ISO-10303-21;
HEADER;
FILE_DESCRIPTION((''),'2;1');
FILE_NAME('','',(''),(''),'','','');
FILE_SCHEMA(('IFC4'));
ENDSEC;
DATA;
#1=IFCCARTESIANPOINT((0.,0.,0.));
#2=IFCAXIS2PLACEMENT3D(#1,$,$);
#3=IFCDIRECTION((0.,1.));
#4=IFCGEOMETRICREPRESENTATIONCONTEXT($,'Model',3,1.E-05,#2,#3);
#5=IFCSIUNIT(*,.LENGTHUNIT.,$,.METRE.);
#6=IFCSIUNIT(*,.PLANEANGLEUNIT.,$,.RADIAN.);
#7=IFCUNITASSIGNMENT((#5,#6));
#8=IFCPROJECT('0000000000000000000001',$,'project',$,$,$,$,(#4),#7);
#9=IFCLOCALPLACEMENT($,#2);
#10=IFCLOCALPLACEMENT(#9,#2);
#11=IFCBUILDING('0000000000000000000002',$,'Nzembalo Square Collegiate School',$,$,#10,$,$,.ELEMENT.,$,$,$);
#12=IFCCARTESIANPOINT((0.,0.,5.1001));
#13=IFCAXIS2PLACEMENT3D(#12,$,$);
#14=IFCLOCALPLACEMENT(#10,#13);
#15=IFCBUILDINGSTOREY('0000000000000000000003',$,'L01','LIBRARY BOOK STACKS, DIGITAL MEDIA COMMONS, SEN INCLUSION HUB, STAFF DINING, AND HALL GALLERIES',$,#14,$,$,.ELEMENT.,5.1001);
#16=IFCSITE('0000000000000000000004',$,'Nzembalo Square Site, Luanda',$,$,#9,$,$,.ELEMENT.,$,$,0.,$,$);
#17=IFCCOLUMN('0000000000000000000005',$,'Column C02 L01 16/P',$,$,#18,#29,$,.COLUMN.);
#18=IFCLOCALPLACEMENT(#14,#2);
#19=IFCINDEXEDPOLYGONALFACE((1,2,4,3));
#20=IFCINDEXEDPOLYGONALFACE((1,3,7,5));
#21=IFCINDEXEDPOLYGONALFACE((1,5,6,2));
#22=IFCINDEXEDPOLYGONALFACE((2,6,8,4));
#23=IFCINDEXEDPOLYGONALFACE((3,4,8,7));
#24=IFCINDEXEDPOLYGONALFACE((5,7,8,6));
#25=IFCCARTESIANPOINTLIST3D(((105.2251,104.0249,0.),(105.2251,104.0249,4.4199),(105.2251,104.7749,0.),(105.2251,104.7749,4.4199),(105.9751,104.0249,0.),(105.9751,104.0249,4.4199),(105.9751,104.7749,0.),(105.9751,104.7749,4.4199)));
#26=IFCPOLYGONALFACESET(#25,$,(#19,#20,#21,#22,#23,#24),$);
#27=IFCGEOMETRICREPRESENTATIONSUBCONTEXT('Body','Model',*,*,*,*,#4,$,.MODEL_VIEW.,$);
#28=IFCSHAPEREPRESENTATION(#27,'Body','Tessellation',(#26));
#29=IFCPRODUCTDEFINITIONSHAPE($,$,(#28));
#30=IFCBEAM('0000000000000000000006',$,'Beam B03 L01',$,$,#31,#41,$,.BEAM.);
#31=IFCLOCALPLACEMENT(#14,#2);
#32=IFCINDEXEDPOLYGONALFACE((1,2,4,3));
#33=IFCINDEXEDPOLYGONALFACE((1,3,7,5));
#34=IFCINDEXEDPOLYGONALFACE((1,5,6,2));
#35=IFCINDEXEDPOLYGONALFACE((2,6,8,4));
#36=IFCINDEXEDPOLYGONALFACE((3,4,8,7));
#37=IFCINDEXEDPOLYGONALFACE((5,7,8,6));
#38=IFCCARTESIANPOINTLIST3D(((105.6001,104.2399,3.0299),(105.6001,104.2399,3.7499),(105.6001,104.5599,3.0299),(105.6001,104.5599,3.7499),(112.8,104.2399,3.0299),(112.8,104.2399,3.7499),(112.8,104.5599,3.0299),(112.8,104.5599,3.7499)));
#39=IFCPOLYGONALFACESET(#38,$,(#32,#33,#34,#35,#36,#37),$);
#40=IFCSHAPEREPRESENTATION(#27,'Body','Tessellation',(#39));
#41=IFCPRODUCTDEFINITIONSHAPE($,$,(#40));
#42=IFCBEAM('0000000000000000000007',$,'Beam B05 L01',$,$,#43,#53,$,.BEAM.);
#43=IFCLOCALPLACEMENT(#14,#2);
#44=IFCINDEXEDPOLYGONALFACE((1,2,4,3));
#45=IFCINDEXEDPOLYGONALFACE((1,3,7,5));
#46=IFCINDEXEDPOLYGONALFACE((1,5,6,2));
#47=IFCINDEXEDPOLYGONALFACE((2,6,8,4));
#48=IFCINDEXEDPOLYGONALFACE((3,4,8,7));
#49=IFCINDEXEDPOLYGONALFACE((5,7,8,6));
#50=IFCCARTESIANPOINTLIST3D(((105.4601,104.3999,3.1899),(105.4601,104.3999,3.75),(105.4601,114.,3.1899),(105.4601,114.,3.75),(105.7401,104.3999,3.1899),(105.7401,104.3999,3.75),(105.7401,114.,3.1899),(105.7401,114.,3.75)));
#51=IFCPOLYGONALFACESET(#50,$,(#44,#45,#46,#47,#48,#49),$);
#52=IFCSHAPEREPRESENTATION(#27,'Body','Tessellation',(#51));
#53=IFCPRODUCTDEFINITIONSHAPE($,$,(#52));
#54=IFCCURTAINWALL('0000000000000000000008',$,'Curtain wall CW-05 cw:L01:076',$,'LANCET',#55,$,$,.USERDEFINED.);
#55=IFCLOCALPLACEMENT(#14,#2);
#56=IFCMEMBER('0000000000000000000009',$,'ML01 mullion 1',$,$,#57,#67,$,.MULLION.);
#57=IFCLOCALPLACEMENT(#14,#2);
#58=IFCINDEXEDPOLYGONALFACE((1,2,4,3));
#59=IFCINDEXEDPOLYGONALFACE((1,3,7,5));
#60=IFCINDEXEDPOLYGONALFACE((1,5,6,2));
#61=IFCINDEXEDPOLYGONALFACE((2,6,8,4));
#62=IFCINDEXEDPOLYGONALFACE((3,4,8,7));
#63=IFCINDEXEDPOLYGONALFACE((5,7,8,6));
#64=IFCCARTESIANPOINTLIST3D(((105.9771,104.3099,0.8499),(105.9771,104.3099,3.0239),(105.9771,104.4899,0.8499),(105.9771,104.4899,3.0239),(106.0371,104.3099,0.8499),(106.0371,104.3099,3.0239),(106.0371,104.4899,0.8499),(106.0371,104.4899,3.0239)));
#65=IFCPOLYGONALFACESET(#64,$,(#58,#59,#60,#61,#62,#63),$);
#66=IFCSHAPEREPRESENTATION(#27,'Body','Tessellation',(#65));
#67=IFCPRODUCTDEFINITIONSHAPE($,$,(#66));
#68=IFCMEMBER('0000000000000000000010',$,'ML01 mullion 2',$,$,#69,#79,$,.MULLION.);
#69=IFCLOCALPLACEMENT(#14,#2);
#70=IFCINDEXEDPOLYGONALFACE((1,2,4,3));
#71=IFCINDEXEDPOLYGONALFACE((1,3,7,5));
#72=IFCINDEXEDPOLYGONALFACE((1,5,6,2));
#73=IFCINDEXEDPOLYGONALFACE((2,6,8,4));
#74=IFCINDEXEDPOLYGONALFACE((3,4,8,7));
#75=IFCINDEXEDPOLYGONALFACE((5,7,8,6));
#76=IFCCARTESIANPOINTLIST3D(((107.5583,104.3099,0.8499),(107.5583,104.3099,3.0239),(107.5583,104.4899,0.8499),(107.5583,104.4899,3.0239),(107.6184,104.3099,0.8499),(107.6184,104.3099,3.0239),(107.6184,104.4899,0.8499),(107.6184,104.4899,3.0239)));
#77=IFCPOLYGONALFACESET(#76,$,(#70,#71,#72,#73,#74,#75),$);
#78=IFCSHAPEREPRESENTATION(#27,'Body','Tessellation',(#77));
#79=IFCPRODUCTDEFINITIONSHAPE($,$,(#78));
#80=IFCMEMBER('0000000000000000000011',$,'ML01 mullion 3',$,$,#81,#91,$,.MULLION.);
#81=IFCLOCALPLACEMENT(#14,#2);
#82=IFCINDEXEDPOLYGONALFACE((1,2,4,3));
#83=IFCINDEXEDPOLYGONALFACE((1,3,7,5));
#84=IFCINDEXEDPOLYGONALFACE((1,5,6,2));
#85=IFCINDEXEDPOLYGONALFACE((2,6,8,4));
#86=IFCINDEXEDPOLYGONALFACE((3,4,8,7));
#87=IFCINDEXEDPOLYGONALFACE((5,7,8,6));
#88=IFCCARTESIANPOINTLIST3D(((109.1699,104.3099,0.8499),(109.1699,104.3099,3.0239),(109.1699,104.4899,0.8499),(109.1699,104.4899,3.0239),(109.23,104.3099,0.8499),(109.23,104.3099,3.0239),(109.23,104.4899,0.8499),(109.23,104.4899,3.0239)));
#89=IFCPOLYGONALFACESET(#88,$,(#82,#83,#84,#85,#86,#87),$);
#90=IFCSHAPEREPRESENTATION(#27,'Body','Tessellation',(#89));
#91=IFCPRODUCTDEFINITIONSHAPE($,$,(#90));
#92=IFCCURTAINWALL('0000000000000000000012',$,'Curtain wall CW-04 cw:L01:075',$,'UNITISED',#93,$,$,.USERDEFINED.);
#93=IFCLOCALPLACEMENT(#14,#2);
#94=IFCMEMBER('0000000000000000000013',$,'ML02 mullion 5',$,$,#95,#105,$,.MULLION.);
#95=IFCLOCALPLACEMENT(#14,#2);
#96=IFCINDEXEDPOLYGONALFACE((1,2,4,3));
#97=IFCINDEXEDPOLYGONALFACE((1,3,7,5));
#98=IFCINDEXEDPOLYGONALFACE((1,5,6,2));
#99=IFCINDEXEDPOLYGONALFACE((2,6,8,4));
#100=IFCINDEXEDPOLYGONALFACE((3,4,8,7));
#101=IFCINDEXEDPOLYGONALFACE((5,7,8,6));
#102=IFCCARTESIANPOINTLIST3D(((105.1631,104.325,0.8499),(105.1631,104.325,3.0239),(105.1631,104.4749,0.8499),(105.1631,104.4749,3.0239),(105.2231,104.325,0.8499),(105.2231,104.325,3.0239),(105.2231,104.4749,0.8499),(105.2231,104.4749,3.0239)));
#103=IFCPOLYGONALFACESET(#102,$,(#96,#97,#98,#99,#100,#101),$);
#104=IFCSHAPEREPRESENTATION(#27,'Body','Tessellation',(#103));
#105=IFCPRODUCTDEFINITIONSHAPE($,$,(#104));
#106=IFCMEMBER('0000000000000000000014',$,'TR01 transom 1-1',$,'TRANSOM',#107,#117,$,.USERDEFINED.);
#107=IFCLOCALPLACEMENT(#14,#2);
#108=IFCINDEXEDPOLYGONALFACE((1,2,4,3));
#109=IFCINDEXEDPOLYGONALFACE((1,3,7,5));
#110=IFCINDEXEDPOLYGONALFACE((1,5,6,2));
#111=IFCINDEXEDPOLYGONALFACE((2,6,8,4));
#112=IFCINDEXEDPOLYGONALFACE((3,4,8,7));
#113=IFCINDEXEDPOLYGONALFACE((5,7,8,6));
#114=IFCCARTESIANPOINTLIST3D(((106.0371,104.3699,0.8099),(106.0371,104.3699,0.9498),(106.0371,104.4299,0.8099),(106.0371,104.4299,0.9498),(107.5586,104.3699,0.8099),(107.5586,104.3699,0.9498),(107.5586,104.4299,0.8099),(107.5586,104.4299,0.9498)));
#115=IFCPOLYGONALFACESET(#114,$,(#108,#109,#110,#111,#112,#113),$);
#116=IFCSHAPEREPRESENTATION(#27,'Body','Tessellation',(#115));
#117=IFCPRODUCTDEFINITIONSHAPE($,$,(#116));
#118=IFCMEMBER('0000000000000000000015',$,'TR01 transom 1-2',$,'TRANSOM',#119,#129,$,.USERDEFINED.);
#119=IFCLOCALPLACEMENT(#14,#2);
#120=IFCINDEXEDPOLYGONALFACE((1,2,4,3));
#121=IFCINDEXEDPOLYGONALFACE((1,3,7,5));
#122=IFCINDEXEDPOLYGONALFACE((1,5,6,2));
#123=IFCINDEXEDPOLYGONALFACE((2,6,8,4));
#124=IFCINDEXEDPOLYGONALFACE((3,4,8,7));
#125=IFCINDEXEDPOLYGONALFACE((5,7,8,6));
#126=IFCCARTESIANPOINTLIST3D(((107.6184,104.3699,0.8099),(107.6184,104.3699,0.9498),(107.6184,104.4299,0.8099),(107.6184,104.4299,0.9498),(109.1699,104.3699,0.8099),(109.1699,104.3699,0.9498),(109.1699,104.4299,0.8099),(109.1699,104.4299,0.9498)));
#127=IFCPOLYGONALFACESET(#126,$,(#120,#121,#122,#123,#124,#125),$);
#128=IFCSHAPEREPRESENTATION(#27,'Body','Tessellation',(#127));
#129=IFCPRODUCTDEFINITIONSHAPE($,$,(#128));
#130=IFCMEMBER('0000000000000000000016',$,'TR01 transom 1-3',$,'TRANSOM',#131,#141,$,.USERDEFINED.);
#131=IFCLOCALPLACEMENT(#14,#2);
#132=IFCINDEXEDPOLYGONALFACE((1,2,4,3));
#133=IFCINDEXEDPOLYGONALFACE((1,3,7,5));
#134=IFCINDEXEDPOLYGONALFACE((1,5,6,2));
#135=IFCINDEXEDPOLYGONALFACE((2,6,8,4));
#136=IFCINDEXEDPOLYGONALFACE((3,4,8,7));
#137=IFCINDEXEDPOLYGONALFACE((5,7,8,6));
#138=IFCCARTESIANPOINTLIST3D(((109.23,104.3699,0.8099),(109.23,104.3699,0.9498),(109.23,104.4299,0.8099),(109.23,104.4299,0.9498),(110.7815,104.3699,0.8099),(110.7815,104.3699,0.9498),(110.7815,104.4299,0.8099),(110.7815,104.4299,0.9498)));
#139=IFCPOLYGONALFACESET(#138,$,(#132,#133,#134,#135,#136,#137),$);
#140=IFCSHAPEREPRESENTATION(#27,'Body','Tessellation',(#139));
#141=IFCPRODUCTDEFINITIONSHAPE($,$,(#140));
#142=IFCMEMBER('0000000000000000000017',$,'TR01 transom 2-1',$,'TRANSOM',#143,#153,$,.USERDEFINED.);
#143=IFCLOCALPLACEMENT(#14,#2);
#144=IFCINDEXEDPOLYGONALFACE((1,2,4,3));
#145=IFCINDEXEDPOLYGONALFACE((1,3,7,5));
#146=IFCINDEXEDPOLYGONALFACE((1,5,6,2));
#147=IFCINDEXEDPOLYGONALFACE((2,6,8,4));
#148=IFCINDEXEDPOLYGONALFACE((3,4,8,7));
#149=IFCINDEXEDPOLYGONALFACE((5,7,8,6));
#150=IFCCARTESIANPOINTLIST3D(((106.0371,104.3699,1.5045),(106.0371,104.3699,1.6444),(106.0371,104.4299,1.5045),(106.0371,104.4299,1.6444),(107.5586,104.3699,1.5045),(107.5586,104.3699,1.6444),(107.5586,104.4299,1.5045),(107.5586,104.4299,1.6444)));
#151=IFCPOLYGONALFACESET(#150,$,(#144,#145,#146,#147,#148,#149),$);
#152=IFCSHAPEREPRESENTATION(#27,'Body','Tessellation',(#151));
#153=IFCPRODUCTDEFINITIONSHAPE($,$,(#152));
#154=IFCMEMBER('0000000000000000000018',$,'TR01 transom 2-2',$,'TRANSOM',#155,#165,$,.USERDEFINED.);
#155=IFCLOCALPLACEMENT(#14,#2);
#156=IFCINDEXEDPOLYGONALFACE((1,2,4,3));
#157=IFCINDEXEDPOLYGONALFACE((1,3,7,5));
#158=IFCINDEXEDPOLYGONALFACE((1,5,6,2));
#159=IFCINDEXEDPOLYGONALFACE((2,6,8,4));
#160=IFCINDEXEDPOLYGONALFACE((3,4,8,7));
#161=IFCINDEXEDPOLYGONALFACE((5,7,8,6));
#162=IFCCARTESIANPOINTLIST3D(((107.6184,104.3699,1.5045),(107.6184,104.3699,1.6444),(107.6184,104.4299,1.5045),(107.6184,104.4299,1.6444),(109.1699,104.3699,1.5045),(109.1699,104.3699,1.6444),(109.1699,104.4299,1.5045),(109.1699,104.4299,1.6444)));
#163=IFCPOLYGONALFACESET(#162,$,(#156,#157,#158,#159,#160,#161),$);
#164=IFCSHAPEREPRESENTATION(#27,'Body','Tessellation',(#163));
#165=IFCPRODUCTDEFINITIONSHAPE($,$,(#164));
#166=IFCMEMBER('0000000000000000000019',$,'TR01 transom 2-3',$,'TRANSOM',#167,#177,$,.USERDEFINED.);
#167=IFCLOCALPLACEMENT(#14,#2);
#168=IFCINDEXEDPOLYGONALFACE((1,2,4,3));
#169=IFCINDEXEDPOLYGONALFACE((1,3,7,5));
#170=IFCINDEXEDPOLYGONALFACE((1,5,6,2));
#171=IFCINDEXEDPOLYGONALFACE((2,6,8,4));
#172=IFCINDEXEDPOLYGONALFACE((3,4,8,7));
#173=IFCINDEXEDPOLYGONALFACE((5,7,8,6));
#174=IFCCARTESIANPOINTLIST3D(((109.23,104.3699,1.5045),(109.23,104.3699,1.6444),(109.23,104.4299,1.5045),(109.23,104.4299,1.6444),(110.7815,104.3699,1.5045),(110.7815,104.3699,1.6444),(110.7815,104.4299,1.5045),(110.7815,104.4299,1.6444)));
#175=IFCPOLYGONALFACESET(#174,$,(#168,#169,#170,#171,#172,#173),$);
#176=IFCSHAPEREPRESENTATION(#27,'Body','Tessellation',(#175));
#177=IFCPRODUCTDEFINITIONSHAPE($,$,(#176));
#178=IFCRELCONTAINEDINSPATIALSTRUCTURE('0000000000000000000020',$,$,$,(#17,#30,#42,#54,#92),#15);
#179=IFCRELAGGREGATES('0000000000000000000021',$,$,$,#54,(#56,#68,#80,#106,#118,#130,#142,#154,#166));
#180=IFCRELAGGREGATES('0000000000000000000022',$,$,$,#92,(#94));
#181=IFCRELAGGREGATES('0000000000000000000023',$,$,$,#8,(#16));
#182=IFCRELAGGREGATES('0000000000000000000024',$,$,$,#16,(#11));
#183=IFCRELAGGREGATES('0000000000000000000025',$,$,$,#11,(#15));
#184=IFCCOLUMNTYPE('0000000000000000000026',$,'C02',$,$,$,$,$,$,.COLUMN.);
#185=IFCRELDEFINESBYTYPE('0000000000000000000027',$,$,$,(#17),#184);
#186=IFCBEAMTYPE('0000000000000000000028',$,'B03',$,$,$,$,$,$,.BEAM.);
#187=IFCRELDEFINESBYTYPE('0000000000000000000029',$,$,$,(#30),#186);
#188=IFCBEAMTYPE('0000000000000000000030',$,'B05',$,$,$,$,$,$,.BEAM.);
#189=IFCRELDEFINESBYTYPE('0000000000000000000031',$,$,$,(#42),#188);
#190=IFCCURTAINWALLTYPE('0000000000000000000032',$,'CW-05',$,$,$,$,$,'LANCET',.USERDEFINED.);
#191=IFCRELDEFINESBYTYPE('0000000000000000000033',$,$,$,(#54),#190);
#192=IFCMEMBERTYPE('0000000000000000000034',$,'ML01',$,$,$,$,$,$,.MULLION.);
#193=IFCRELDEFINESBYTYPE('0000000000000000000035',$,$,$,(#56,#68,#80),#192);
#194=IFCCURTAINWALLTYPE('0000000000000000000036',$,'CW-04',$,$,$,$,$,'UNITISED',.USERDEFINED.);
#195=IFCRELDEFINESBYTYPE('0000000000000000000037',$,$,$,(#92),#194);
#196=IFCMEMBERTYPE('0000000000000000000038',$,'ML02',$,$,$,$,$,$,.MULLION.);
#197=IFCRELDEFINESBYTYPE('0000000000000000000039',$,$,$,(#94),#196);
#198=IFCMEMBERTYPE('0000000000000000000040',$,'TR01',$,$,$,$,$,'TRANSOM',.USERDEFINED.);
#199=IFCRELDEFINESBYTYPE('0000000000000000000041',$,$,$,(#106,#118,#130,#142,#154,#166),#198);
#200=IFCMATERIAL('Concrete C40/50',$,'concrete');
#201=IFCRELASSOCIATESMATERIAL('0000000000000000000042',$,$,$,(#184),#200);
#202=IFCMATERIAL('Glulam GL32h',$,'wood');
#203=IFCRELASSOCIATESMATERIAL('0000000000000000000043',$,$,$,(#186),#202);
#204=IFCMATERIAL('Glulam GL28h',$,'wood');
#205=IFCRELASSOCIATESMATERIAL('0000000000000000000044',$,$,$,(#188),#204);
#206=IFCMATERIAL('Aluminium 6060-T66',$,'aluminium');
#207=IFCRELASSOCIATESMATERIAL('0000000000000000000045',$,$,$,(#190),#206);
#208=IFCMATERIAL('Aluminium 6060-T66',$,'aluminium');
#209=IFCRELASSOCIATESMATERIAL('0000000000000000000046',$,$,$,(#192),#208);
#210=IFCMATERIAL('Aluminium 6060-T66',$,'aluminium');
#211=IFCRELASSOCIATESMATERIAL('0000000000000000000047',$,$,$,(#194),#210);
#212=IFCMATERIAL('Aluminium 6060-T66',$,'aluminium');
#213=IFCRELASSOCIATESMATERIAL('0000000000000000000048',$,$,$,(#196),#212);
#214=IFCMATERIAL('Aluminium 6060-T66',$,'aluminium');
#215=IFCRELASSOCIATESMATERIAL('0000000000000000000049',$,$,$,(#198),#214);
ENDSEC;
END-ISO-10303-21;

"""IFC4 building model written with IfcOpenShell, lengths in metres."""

from ifc_helpers import new_model, si_unit, direction, frame, origin, origin_2d, place, context, subcontext, project, spatial, rectangle, extrude, material, material_profile, profile_set, type_object, element, aggregate, save


model = new_model("IFC4")

# Units and contexts
model_context = context("Model", 3, precision=1e-05, world=origin(), true_north=direction((0.0, 1.0)))
body_context = subcontext(model_context, "Body", "Model", "MODEL_VIEW")
ifc_project = project(units=[si_unit("LENGTHUNIT", "METRE"), si_unit("PLANEANGLEUNIT", "RADIAN")], contexts=[model_context])

# Site, building, storey
site_placement = place(None, origin())
site = spatial("IfcSite", under=ifc_project, at=site_placement, Name="Nzembalo Square Site, Luanda", CompositionType="ELEMENT", RefElevation=0.0)
building_placement = place(site_placement, origin())
building = spatial("IfcBuilding", under=site, at=building_placement, Name="Nzembalo Square Collegiate School", CompositionType="ELEMENT")
storey_placement = place(building_placement, frame((0.0, 0.0, 5.1001)))
storey = spatial("IfcBuildingStorey", under=building, at=storey_placement, Name="L01", Description="LIBRARY BOOK STACKS, DIGITAL MEDIA COMMONS, SEN INCLUSION HUB, STAFF DINING, AND HALL GALLERIES", CompositionType="ELEMENT", Elevation=5.1001)

# Column
ifc_material_1 = material(Name="Concrete C40/50", Category="concrete")
ifc_material_profile_1 = material_profile(ifc_material_1, rectangle(XDim=0.75, YDim=0.75, at=origin_2d()), Name="RC 750x750")
ifc_profile_set_1 = profile_set([ifc_material_profile_1], Name="Concrete C40/50")
column_type = type_object("IfcColumnType", Name="C02", PredefinedType="COLUMN", material=ifc_profile_set_1)
column_placement = place(storey_placement, frame((105.6001, 104.3999, 0.0), z_axis=(0.0, 0.0, 1.0), x_axis=(1.0, 0.0, 0.0)))
element("IfcColumn", 1, at=column_placement, inside=storey, type_object=column_type, Name="Column C02 L01 16/P", PredefinedType="COLUMN", context=body_context, shape_type="SweptSolid", body=[
    extrude(rectangle(XDim=0.75, YDim=0.75, at=origin_2d()), origin(), (0.0, 0.0, 1.0), 4.4199),
])

# Beams
ifc_material_2 = material(Name="Glulam GL32h", Category="wood")
ifc_material_profile_2 = material_profile(ifc_material_2, rectangle(XDim=0.3201, YDim=0.72, at=origin_2d()), Name="GL32h 320x720")
ifc_profile_set_2 = profile_set([ifc_material_profile_2], Name="Glulam GL32h")
beam_type_1 = type_object("IfcBeamType", Name="B03", PredefinedType="BEAM", material=ifc_profile_set_2)
beam_1_placement = place(storey_placement, frame((105.6001, 104.3999, 3.3899), z_axis=(1.0, 0.0, 0.0), x_axis=(0.0, 1.0, 0.0)))
element("IfcBeam", 2, at=beam_1_placement, inside=storey, type_object=beam_type_1, Name="Beam B03 L01", PredefinedType="BEAM", context=body_context, shape_type="SweptSolid", body=[
    extrude(rectangle(XDim=0.3201, YDim=0.72, at=origin_2d()), origin(), (0.0, 0.0, 1.0), 7.2),
])
ifc_material_3 = material(Name="Glulam GL28h", Category="wood")
ifc_material_profile_3 = material_profile(ifc_material_3, rectangle(XDim=0.28, YDim=0.5601, at=origin_2d()), Name="GL28h 280x560")
ifc_profile_set_3 = profile_set([ifc_material_profile_3], Name="Glulam GL28h")
beam_type_2 = type_object("IfcBeamType", Name="B05", PredefinedType="BEAM", material=ifc_profile_set_3)
beam_2_placement = place(storey_placement, frame((105.6001, 104.3999, 3.47), z_axis=(0.0, 1.0, 0.0), x_axis=(-1.0, 0.0, 0.0)))
element("IfcBeam", 3, at=beam_2_placement, inside=storey, type_object=beam_type_2, Name="Beam B05 L01", PredefinedType="BEAM", context=body_context, shape_type="SweptSolid", body=[
    extrude(rectangle(XDim=0.28, YDim=0.5601, at=origin_2d()), origin(), (0.0, 0.0, 1.0), 9.6001),
])

# Curtain wall, members
ifc_material_4 = material(Name="Aluminium 6060-T66", Category="aluminium")
curtain_wall_type_1 = type_object("IfcCurtainWallType", Name="CW-05", ElementType="LANCET", PredefinedType="USERDEFINED", material=ifc_material_4)
curtain_wall_1_placement = place(storey_placement, origin())
curtain_wall_1 = element("IfcCurtainWall", 4, at=curtain_wall_1_placement, inside=storey, type_object=curtain_wall_type_1, Name="Curtain wall CW-05 cw:L01:076", ObjectType="LANCET", PredefinedType="USERDEFINED")
ifc_material_5 = material(Name="Aluminium 6060-T66", Category="aluminium")
ifc_material_profile_4 = material_profile(ifc_material_5, rectangle(XDim=0.0601, YDim=0.1799, at=origin_2d()), Name="ALU M60x180")
ifc_profile_set_4 = profile_set([ifc_material_profile_4], Name="Aluminium 6060-T66")
member_type_1 = type_object("IfcMemberType", Name="ML01", PredefinedType="MULLION", material=ifc_profile_set_4)
member_1_placement = place(storey_placement, frame((106.0071, 104.3999, 0.8499), z_axis=(0.0, 0.0, 1.0), x_axis=(1.0, 0.0, 0.0)))
member_1 = element("IfcMember", 5, at=member_1_placement, type_object=member_type_1, Name="ML01 mullion 1", PredefinedType="MULLION", context=body_context, shape_type="SweptSolid", body=[
    extrude(rectangle(XDim=0.0601, YDim=0.1799, at=origin_2d()), origin(), (0.0, 0.0, 1.0), 2.1741),
])
member_2_placement = place(storey_placement, frame((107.5884, 104.3999, 0.8499), z_axis=(0.0, 0.0, 1.0), x_axis=(1.0, 0.0, 0.0)))
member_2 = element("IfcMember", 6, at=member_2_placement, type_object=member_type_1, Name="ML01 mullion 2", PredefinedType="MULLION", context=body_context, shape_type="SweptSolid", body=[
    extrude(rectangle(XDim=0.0601, YDim=0.1799, at=origin_2d()), origin(), (0.0, 0.0, 1.0), 2.1741),
])
member_3_placement = place(storey_placement, frame((109.2, 104.3999, 0.8499), z_axis=(0.0, 0.0, 1.0), x_axis=(1.0, 0.0, 0.0)))
member_3 = element("IfcMember", 7, at=member_3_placement, type_object=member_type_1, Name="ML01 mullion 3", PredefinedType="MULLION", context=body_context, shape_type="SweptSolid", body=[
    extrude(rectangle(XDim=0.0601, YDim=0.1799, at=origin_2d()), origin(), (0.0, 0.0, 1.0), 2.1741),
])

# Curtain wall, member
ifc_material_6 = material(Name="Aluminium 6060-T66", Category="aluminium")
curtain_wall_type_2 = type_object("IfcCurtainWallType", Name="CW-04", ElementType="UNITISED", PredefinedType="USERDEFINED", material=ifc_material_6)
curtain_wall_2_placement = place(storey_placement, origin())
curtain_wall_2 = element("IfcCurtainWall", 8, at=curtain_wall_2_placement, inside=storey, type_object=curtain_wall_type_2, Name="Curtain wall CW-04 cw:L01:075", ObjectType="UNITISED", PredefinedType="USERDEFINED")
ifc_material_7 = material(Name="Aluminium 6060-T66", Category="aluminium")
ifc_material_profile_5 = material_profile(ifc_material_7, rectangle(XDim=0.0601, YDim=0.1499, at=origin_2d()), Name="ALU M60x150")
ifc_profile_set_5 = profile_set([ifc_material_profile_5], Name="Aluminium 6060-T66")
member_type_2 = type_object("IfcMemberType", Name="ML02", PredefinedType="MULLION", material=ifc_profile_set_5)
member_4_placement = place(storey_placement, frame((105.1931, 104.3999, 0.8499), z_axis=(0.0, 0.0, 1.0), x_axis=(1.0, 0.0, 0.0)))
member_4 = element("IfcMember", 9, at=member_4_placement, type_object=member_type_2, Name="ML02 mullion 5", PredefinedType="MULLION", context=body_context, shape_type="SweptSolid", body=[
    extrude(rectangle(XDim=0.0601, YDim=0.1499, at=origin_2d()), origin(), (0.0, 0.0, 1.0), 2.1741),
])

# Members
ifc_material_8 = material(Name="Aluminium 6060-T66", Category="aluminium")
ifc_material_profile_6 = material_profile(ifc_material_8, rectangle(XDim=0.0601, YDim=0.1399, at=origin_2d()), Name="ALU T60x140")
ifc_profile_set_6 = profile_set([ifc_material_profile_6], Name="Aluminium 6060-T66")
member_type_3 = type_object("IfcMemberType", Name="TR01", ElementType="TRANSOM", PredefinedType="USERDEFINED", material=ifc_profile_set_6)
member_5_placement = place(storey_placement, frame((106.0371, 104.3999, 0.8799), z_axis=(1.0, 0.0, 0.0), x_axis=(0.0, 1.0, 0.0)))
member_5 = element("IfcMember", 10, at=member_5_placement, type_object=member_type_3, Name="TR01 transom 1-1", ObjectType="TRANSOM", PredefinedType="USERDEFINED", context=body_context, shape_type="SweptSolid", body=[
    extrude(rectangle(XDim=0.0601, YDim=0.1399, at=origin_2d()), origin(), (0.0, 0.0, 1.0), 1.5215),
])
member_6_placement = place(storey_placement, frame((107.6184, 104.3999, 0.8799), z_axis=(1.0, 0.0, 0.0), x_axis=(0.0, 1.0, 0.0)))
member_6 = element("IfcMember", 11, at=member_6_placement, type_object=member_type_3, Name="TR01 transom 1-2", ObjectType="TRANSOM", PredefinedType="USERDEFINED", context=body_context, shape_type="SweptSolid", body=[
    extrude(rectangle(XDim=0.0601, YDim=0.1399, at=origin_2d()), origin(), (0.0, 0.0, 1.0), 1.5515),
])
member_7_placement = place(storey_placement, frame((109.23, 104.3999, 0.8799), z_axis=(1.0, 0.0, 0.0), x_axis=(0.0, 1.0, 0.0)))
member_7 = element("IfcMember", 12, at=member_7_placement, type_object=member_type_3, Name="TR01 transom 1-3", ObjectType="TRANSOM", PredefinedType="USERDEFINED", context=body_context, shape_type="SweptSolid", body=[
    extrude(rectangle(XDim=0.0601, YDim=0.1399, at=origin_2d()), origin(), (0.0, 0.0, 1.0), 1.5515),
])
member_8_placement = place(storey_placement, frame((106.0371, 104.3999, 1.5745), z_axis=(1.0, 0.0, 0.0), x_axis=(0.0, 1.0, 0.0)))
member_8 = element("IfcMember", 13, at=member_8_placement, type_object=member_type_3, Name="TR01 transom 2-1", ObjectType="TRANSOM", PredefinedType="USERDEFINED", context=body_context, shape_type="SweptSolid", body=[
    extrude(rectangle(XDim=0.0601, YDim=0.1399, at=origin_2d()), origin(), (0.0, 0.0, 1.0), 1.5215),
])
member_9_placement = place(storey_placement, frame((107.6184, 104.3999, 1.5745), z_axis=(1.0, 0.0, 0.0), x_axis=(0.0, 1.0, 0.0)))
member_9 = element("IfcMember", 14, at=member_9_placement, type_object=member_type_3, Name="TR01 transom 2-2", ObjectType="TRANSOM", PredefinedType="USERDEFINED", context=body_context, shape_type="SweptSolid", body=[
    extrude(rectangle(XDim=0.0601, YDim=0.1399, at=origin_2d()), origin(), (0.0, 0.0, 1.0), 1.5515),
])
member_10_placement = place(storey_placement, frame((109.23, 104.3999, 1.5745), z_axis=(1.0, 0.0, 0.0), x_axis=(0.0, 1.0, 0.0)))
member_10 = element("IfcMember", 15, at=member_10_placement, type_object=member_type_3, Name="TR01 transom 2-3", ObjectType="TRANSOM", PredefinedType="USERDEFINED", context=body_context, shape_type="SweptSolid", body=[
    extrude(rectangle(XDim=0.0601, YDim=0.1399, at=origin_2d()), origin(), (0.0, 0.0, 1.0), 1.5515),
])

aggregate(curtain_wall_1, [member_1, member_2, member_3, member_5, member_6, member_7, member_8, member_9, member_10])
aggregate(curtain_wall_2, [member_4])

save(model, "model.ifc")
